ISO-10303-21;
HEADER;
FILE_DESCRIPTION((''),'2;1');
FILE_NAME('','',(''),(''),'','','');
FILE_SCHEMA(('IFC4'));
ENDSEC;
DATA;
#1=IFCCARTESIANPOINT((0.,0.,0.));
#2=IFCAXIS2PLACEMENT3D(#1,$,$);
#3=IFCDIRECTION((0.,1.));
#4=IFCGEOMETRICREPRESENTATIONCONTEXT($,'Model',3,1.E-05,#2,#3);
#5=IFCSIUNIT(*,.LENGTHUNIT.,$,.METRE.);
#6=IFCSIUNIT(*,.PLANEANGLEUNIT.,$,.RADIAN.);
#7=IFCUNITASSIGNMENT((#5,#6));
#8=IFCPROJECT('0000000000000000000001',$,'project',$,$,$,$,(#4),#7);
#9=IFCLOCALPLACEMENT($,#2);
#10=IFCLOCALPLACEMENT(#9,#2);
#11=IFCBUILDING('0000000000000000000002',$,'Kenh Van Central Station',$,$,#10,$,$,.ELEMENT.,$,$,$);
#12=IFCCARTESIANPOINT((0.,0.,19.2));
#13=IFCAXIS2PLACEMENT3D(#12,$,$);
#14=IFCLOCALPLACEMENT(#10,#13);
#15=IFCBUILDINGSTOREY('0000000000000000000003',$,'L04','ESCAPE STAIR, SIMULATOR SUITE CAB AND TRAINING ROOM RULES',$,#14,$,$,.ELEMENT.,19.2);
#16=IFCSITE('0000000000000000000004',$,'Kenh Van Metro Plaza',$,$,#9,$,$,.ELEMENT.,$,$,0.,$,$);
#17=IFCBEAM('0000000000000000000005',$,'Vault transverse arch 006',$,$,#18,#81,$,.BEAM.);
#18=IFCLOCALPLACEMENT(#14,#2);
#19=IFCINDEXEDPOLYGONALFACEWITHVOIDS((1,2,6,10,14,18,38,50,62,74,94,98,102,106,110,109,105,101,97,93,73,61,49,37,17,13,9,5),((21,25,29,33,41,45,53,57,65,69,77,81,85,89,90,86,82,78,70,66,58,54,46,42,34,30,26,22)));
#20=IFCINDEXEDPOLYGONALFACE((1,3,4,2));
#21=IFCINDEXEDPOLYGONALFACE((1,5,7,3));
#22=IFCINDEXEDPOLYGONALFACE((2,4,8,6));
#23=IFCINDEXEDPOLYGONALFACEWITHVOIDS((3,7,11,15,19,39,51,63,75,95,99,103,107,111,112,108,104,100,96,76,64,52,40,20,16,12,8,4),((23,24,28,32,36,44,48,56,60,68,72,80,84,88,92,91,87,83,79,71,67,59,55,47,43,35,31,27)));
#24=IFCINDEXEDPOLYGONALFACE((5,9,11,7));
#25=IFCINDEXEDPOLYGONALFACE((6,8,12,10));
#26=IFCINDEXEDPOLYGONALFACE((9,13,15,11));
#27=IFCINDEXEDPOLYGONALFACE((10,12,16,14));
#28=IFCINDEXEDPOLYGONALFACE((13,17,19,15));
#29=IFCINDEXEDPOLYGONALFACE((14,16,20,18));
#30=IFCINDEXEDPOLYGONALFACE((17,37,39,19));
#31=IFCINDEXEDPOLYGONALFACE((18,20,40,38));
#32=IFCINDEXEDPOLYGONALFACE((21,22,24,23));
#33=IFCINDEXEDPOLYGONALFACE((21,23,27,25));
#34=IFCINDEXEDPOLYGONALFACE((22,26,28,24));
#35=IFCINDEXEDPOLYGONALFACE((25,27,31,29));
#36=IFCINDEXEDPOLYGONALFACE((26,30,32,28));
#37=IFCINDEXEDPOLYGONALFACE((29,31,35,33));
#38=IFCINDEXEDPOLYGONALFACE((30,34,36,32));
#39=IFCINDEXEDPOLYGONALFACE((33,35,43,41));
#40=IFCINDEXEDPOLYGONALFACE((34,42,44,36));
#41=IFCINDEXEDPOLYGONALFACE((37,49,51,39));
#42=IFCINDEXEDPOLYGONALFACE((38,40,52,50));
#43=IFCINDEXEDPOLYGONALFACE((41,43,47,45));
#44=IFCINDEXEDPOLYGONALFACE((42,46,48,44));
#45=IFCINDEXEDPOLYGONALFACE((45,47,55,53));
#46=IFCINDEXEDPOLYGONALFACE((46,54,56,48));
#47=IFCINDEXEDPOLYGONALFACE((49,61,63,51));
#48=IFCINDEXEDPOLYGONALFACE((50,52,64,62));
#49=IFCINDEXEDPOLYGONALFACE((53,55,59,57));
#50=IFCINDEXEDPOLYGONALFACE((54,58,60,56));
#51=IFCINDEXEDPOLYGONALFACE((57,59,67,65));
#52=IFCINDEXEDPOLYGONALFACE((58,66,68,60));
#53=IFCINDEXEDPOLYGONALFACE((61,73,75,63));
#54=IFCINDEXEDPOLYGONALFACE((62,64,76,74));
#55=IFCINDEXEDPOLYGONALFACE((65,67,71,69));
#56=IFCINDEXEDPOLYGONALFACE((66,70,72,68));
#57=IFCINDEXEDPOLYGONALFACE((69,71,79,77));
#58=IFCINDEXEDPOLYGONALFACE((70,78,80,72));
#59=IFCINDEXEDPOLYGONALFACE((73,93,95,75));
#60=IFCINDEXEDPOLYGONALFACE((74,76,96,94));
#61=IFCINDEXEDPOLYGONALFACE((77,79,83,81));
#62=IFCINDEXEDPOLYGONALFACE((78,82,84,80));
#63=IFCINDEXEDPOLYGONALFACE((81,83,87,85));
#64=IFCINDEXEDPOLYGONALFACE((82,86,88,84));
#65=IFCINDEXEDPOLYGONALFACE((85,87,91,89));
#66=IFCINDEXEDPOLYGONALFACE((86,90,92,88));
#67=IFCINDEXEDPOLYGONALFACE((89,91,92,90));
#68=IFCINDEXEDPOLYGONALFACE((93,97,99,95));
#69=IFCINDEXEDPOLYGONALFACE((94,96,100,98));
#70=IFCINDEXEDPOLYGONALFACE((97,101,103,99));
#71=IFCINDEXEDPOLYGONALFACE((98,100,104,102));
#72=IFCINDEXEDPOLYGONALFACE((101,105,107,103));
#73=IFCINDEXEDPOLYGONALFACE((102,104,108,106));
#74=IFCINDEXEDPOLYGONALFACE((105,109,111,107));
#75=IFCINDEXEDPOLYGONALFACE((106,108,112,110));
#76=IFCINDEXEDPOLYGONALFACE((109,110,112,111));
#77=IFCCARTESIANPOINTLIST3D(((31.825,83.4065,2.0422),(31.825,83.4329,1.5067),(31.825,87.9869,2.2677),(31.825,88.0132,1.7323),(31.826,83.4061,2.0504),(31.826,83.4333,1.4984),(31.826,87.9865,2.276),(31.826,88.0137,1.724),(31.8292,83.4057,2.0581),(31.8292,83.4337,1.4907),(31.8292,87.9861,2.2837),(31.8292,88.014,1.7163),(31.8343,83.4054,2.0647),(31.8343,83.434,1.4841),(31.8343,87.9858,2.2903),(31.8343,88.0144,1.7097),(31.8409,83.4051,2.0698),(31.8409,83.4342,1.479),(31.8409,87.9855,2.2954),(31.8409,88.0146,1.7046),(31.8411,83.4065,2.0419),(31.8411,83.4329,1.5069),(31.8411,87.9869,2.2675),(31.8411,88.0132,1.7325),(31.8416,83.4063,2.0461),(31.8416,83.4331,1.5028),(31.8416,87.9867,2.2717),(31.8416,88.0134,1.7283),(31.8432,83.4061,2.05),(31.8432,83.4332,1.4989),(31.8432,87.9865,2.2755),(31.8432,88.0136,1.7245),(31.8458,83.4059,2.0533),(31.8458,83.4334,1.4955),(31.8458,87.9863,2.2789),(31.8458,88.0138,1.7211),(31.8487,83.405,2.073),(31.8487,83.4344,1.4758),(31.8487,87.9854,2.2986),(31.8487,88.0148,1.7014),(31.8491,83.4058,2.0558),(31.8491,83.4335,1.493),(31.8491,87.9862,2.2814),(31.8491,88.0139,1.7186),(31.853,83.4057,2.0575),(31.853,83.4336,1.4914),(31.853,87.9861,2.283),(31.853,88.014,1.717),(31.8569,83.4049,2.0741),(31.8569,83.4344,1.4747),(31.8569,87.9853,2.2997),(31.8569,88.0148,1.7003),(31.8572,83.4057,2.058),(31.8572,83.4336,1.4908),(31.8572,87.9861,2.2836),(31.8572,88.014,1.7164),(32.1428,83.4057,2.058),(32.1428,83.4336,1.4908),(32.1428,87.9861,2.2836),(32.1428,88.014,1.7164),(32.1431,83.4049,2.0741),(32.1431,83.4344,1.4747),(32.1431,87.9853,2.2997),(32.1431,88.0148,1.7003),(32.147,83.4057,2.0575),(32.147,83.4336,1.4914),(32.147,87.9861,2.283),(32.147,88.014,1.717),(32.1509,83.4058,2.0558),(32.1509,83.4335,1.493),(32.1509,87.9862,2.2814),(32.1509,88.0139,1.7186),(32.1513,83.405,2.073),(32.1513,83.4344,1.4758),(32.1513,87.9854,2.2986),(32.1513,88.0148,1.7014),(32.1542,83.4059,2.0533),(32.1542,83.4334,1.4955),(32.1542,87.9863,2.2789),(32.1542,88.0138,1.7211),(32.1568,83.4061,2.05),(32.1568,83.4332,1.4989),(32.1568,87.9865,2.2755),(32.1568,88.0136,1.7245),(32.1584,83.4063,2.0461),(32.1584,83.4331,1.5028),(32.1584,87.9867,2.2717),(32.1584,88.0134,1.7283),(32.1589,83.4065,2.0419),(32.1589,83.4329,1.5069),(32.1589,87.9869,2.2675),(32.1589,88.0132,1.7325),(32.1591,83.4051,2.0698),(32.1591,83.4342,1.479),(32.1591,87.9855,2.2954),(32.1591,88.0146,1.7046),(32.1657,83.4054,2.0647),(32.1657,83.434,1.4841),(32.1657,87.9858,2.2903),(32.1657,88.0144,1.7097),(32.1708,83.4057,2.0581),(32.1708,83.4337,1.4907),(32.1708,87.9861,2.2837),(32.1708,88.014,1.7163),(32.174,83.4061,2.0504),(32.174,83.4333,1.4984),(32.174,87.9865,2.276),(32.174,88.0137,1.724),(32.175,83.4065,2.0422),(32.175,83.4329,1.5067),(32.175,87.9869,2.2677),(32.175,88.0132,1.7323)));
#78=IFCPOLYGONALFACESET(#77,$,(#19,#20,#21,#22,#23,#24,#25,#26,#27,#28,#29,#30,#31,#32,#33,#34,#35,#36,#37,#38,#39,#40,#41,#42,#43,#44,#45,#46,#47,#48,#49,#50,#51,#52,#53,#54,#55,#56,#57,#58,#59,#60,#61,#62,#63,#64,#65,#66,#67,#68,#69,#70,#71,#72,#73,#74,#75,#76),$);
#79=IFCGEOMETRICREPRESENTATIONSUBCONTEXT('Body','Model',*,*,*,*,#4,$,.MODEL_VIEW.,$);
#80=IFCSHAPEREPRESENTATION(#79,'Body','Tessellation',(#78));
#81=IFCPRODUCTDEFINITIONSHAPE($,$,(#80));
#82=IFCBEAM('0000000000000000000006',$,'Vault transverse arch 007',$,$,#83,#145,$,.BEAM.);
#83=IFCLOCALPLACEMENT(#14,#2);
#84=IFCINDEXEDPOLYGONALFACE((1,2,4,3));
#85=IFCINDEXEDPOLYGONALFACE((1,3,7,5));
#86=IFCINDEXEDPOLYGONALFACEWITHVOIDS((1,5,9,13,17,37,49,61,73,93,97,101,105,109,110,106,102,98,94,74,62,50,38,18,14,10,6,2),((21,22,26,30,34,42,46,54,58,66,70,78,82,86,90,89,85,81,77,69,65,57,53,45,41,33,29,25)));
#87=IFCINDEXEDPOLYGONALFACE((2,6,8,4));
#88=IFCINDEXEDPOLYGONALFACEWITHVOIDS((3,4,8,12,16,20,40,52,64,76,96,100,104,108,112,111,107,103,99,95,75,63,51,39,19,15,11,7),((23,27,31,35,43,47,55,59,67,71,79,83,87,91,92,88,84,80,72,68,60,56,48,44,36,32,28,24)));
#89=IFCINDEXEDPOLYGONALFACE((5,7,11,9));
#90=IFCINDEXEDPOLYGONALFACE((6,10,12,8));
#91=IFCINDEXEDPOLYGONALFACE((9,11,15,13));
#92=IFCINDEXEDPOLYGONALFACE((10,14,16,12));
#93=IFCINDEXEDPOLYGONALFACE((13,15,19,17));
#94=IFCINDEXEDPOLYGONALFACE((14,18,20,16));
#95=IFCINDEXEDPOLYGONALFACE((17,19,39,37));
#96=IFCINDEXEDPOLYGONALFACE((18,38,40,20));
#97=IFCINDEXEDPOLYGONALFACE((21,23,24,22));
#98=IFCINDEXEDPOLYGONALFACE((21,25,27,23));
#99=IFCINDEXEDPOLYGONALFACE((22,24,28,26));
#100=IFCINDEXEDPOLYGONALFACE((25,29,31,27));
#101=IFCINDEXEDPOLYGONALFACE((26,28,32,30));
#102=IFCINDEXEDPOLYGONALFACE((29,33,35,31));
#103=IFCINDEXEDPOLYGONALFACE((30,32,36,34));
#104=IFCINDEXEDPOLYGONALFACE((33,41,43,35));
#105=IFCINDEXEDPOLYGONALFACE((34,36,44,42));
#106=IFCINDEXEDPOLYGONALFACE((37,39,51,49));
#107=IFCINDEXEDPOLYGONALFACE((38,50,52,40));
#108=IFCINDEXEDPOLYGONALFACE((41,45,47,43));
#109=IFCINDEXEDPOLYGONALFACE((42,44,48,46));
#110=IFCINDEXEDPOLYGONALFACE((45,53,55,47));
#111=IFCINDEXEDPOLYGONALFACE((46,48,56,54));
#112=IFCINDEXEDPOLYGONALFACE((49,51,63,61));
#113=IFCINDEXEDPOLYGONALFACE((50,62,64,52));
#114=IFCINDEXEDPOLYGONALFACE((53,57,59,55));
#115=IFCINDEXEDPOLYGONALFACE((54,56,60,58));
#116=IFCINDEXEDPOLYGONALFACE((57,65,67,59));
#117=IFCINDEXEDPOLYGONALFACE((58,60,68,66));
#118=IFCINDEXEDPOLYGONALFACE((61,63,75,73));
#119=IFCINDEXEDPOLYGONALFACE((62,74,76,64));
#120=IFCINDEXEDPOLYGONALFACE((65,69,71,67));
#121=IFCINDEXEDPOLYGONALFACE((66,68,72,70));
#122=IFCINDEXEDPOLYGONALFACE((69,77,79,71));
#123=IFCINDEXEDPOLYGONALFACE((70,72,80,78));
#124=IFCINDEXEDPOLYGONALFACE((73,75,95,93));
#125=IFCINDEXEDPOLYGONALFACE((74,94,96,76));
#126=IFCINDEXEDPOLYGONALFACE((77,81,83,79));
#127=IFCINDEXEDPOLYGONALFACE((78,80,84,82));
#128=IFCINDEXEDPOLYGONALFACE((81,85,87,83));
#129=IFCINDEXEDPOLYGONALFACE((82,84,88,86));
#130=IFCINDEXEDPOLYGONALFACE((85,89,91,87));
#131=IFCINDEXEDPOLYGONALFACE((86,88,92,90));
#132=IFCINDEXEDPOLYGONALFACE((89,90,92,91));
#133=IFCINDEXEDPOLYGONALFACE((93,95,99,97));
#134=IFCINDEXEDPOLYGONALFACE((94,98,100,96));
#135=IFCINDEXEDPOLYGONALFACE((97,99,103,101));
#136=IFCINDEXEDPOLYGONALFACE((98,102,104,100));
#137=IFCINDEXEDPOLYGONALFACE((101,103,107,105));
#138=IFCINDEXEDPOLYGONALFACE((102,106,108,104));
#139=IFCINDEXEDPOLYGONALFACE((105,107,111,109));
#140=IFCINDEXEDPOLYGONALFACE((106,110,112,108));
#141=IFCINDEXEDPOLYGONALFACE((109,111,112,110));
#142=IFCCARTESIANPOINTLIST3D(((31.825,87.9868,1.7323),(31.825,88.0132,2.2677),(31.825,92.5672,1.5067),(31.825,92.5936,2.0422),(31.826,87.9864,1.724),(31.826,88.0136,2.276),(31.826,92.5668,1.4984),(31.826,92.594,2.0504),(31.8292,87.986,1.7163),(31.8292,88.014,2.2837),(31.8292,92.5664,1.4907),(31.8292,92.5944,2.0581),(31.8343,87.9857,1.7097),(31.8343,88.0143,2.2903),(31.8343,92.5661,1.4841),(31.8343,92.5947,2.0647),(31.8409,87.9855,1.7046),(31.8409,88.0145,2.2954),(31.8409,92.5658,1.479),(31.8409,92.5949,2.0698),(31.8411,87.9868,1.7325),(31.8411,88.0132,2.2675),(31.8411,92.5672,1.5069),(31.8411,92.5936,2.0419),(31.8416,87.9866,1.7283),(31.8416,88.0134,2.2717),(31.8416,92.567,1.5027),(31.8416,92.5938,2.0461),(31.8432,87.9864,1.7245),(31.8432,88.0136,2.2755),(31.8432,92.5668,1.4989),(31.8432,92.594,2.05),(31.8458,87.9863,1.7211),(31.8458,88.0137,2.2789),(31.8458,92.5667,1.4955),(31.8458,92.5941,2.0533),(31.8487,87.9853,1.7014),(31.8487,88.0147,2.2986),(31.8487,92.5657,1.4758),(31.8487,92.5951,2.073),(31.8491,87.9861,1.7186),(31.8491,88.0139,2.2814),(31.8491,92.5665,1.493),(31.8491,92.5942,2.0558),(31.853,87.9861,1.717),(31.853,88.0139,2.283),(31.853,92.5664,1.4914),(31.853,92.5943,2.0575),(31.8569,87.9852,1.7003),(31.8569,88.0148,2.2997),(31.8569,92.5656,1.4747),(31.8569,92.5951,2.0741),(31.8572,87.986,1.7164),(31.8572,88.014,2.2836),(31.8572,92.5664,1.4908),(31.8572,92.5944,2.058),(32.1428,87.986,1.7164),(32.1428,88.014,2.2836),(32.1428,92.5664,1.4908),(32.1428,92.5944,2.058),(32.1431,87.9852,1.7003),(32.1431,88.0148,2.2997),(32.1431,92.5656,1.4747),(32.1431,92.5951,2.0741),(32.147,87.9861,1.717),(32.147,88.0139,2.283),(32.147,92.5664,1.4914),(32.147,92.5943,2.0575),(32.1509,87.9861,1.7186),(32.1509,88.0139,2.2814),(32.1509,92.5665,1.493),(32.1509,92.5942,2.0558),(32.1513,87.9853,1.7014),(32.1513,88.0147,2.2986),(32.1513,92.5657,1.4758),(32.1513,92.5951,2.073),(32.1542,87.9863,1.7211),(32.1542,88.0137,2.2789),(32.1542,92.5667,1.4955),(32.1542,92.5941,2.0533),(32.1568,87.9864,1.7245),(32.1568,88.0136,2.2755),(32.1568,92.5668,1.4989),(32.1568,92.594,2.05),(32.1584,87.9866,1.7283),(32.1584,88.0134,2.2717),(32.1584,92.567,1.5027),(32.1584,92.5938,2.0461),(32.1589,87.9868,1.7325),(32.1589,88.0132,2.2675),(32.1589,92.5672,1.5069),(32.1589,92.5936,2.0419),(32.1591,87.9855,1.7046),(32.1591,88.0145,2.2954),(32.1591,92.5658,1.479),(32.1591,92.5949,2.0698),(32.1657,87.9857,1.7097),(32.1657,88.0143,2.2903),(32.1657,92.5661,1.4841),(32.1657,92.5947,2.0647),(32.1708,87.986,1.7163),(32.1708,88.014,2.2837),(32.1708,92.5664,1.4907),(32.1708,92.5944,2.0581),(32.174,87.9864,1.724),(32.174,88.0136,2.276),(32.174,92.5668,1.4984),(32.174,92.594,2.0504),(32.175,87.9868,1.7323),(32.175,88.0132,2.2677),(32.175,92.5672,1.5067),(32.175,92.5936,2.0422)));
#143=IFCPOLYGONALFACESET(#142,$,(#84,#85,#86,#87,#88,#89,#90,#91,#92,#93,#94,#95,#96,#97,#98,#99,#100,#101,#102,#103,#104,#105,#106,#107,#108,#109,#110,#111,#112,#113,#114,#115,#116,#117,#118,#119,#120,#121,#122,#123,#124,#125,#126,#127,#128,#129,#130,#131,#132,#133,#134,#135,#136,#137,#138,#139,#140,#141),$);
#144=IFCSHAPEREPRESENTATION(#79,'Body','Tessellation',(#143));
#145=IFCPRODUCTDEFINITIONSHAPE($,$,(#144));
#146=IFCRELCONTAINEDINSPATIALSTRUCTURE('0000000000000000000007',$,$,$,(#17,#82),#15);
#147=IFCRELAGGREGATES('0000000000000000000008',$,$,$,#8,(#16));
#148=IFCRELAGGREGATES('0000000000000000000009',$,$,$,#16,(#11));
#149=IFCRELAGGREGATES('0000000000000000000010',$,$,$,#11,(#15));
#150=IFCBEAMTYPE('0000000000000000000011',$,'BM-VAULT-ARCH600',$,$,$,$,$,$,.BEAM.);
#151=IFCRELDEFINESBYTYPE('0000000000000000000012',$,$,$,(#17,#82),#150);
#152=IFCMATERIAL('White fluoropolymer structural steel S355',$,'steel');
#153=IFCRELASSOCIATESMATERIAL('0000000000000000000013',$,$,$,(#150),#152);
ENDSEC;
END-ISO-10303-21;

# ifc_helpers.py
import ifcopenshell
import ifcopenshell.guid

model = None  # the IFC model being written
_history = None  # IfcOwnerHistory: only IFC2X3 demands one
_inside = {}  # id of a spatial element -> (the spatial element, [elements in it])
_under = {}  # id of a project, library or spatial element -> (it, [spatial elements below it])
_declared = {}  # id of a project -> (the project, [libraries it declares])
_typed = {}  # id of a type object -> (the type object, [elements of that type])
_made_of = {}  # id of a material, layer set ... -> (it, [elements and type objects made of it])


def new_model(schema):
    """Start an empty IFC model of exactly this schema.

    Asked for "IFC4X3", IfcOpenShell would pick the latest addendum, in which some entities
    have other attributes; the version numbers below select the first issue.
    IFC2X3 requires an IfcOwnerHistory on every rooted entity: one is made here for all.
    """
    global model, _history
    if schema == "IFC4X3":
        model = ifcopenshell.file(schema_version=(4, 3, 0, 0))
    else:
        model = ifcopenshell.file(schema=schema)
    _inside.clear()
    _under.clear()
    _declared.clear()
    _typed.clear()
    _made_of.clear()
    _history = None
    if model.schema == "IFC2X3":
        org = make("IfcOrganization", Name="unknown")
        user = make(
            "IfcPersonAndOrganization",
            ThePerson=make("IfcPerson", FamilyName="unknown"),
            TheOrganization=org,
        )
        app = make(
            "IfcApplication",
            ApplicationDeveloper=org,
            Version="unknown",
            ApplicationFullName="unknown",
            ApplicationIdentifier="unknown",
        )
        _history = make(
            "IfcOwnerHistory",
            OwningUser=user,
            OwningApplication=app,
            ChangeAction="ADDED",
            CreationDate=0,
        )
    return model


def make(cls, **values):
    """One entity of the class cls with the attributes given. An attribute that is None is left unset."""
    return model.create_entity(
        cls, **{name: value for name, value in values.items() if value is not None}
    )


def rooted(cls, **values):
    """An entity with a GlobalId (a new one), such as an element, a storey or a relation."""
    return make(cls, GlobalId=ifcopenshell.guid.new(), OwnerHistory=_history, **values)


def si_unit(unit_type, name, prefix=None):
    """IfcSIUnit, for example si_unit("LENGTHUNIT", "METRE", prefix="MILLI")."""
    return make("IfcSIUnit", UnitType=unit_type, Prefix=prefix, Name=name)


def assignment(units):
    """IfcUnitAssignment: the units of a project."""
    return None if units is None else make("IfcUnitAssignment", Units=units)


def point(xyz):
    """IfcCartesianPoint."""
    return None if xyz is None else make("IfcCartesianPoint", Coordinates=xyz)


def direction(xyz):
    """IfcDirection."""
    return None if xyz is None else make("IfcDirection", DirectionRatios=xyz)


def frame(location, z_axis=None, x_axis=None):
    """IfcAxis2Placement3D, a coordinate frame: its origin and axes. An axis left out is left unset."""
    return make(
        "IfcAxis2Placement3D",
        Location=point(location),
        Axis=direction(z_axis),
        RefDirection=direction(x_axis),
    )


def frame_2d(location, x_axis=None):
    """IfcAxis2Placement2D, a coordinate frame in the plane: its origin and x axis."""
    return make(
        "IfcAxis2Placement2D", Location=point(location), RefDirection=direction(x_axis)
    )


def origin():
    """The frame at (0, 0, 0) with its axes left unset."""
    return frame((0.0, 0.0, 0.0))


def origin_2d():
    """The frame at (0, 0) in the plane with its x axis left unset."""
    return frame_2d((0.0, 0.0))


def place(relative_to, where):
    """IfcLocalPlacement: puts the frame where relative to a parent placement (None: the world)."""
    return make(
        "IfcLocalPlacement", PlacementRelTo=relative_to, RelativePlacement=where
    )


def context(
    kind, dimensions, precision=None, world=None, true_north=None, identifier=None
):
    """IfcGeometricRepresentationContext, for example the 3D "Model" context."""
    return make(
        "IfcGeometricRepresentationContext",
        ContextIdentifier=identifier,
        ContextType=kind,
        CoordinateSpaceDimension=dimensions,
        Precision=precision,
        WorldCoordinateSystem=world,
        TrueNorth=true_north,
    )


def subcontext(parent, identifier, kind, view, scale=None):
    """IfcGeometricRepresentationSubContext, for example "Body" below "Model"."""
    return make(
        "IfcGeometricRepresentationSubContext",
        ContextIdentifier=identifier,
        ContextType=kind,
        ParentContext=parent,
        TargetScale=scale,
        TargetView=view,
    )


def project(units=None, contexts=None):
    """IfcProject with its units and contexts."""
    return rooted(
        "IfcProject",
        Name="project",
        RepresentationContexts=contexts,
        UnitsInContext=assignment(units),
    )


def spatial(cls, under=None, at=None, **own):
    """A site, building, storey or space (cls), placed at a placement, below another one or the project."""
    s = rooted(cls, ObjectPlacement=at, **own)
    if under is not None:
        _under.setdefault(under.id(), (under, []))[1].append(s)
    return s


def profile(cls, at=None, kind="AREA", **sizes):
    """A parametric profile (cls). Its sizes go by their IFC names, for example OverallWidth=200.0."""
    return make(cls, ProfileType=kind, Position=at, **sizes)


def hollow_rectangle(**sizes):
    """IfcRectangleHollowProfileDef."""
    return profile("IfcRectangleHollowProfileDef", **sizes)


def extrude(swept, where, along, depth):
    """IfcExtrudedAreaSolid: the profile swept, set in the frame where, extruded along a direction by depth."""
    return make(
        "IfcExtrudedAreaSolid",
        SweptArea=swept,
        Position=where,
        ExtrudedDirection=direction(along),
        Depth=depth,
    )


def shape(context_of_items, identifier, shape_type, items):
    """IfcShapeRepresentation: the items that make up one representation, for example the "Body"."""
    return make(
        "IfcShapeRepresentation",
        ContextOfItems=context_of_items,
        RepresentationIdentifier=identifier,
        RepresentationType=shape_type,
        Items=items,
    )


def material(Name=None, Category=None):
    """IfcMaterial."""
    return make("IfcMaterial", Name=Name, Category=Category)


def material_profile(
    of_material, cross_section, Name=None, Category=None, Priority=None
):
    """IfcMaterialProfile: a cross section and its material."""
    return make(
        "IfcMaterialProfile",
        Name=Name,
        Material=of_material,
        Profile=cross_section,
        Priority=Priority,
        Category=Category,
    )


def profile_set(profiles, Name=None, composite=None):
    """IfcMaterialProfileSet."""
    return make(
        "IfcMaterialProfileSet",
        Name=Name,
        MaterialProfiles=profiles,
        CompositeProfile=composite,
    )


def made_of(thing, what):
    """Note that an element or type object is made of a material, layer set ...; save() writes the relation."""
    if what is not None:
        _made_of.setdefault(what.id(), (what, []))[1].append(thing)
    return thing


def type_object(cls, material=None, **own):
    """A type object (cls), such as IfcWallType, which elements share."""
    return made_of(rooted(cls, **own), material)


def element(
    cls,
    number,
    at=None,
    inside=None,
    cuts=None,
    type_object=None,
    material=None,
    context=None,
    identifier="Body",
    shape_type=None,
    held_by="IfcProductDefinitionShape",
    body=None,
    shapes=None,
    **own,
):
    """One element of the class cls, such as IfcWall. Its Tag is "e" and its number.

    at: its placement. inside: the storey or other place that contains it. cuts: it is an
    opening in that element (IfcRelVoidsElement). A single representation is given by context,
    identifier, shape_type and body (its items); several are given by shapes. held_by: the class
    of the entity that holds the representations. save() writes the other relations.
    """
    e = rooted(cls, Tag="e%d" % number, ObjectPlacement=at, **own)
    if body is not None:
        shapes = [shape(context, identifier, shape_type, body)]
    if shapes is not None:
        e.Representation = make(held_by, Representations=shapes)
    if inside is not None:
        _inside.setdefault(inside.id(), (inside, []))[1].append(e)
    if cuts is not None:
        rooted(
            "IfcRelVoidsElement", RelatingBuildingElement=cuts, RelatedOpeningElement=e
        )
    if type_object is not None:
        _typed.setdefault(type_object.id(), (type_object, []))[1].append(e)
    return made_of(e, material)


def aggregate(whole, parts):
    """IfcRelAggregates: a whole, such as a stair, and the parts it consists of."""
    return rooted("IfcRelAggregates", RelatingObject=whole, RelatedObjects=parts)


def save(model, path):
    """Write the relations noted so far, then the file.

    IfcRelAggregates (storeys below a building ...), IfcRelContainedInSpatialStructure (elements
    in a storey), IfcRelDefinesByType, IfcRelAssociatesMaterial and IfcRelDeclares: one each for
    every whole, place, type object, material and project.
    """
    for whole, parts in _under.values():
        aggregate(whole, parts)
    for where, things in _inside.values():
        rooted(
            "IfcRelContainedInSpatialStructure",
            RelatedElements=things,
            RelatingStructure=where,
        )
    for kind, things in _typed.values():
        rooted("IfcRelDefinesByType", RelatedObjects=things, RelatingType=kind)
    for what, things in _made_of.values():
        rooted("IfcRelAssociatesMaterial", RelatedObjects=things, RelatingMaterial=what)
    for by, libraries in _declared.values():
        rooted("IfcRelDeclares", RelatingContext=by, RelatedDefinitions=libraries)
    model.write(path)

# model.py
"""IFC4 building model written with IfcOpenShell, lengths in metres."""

from ifc_helpers import new_model, si_unit, direction, frame, origin, origin_2d, place, context, subcontext, project, spatial, hollow_rectangle, extrude, material, material_profile, profile_set, type_object, element, save


model = new_model("IFC4")

# Units and contexts
model_context = context("Model", 3, precision=1e-05, world=origin(), true_north=direction((0.0, 1.0)))
body_context = subcontext(model_context, "Body", "Model", "MODEL_VIEW")
ifc_project = project(units=[si_unit("LENGTHUNIT", "METRE"), si_unit("PLANEANGLEUNIT", "RADIAN")], contexts=[model_context])

# Site, building, storey
site_placement = place(None, origin())
site = spatial("IfcSite", under=ifc_project, at=site_placement, Name="Kenh Van Metro Plaza", CompositionType="ELEMENT", RefElevation=0.0)
building_placement = place(site_placement, origin())
building = spatial("IfcBuilding", under=site, at=building_placement, Name="Kenh Van Central Station", CompositionType="ELEMENT")
storey_placement = place(building_placement, frame((0.0, 0.0, 19.2)))
storey = spatial("IfcBuildingStorey", under=building, at=storey_placement, Name="L04", Description="ESCAPE STAIR, SIMULATOR SUITE CAB AND TRAINING ROOM RULES", CompositionType="ELEMENT", Elevation=19.2)

# Beams
ifc_material_1 = material(Name="White fluoropolymer structural steel S355", Category="steel")
ifc_material_profile_1 = material_profile(ifc_material_1, hollow_rectangle(XDim=0.3501, YDim=0.6001, WallThickness=0.0161, InnerFilletRadius=0.0161, OuterFilletRadius=0.032, at=origin_2d()), Name="RHS 600x350x16")
ifc_profile_set_1 = profile_set([ifc_material_profile_1], Name="White fluoropolymer structural steel S355")
beam_type_1 = type_object("IfcBeamType", Name="BM-VAULT-ARCH600", PredefinedType="BEAM", material=ifc_profile_set_1)
for number, where, z_axis, x_axis, name in (
    (1, (32.0, 83.4197, 1.7744), (0.0, 0.998789, 0.049191), (-1.0, 0.0, 0.0), "Vault transverse arch 006"),
    (2, (32.0, 88.0, 2.0), (0.0, 0.998789, -0.049191), (-1.0, 0.0, 0.0), "Vault transverse arch 007"),
):
    element("IfcBeam", number, at=place(storey_placement, frame(where, z_axis=z_axis, x_axis=x_axis)), inside=storey, type_object=beam_type_1, Name=name, PredefinedType="BEAM", context=body_context, shape_type="SweptSolid", body=[
        extrude(hollow_rectangle(XDim=0.3501, YDim=0.6001, WallThickness=0.0161, InnerFilletRadius=0.0161, OuterFilletRadius=0.032, at=origin_2d()), origin(), (0.0, 0.0, 1.0), 4.5859),
    ])

save(model, "model.ifc")
